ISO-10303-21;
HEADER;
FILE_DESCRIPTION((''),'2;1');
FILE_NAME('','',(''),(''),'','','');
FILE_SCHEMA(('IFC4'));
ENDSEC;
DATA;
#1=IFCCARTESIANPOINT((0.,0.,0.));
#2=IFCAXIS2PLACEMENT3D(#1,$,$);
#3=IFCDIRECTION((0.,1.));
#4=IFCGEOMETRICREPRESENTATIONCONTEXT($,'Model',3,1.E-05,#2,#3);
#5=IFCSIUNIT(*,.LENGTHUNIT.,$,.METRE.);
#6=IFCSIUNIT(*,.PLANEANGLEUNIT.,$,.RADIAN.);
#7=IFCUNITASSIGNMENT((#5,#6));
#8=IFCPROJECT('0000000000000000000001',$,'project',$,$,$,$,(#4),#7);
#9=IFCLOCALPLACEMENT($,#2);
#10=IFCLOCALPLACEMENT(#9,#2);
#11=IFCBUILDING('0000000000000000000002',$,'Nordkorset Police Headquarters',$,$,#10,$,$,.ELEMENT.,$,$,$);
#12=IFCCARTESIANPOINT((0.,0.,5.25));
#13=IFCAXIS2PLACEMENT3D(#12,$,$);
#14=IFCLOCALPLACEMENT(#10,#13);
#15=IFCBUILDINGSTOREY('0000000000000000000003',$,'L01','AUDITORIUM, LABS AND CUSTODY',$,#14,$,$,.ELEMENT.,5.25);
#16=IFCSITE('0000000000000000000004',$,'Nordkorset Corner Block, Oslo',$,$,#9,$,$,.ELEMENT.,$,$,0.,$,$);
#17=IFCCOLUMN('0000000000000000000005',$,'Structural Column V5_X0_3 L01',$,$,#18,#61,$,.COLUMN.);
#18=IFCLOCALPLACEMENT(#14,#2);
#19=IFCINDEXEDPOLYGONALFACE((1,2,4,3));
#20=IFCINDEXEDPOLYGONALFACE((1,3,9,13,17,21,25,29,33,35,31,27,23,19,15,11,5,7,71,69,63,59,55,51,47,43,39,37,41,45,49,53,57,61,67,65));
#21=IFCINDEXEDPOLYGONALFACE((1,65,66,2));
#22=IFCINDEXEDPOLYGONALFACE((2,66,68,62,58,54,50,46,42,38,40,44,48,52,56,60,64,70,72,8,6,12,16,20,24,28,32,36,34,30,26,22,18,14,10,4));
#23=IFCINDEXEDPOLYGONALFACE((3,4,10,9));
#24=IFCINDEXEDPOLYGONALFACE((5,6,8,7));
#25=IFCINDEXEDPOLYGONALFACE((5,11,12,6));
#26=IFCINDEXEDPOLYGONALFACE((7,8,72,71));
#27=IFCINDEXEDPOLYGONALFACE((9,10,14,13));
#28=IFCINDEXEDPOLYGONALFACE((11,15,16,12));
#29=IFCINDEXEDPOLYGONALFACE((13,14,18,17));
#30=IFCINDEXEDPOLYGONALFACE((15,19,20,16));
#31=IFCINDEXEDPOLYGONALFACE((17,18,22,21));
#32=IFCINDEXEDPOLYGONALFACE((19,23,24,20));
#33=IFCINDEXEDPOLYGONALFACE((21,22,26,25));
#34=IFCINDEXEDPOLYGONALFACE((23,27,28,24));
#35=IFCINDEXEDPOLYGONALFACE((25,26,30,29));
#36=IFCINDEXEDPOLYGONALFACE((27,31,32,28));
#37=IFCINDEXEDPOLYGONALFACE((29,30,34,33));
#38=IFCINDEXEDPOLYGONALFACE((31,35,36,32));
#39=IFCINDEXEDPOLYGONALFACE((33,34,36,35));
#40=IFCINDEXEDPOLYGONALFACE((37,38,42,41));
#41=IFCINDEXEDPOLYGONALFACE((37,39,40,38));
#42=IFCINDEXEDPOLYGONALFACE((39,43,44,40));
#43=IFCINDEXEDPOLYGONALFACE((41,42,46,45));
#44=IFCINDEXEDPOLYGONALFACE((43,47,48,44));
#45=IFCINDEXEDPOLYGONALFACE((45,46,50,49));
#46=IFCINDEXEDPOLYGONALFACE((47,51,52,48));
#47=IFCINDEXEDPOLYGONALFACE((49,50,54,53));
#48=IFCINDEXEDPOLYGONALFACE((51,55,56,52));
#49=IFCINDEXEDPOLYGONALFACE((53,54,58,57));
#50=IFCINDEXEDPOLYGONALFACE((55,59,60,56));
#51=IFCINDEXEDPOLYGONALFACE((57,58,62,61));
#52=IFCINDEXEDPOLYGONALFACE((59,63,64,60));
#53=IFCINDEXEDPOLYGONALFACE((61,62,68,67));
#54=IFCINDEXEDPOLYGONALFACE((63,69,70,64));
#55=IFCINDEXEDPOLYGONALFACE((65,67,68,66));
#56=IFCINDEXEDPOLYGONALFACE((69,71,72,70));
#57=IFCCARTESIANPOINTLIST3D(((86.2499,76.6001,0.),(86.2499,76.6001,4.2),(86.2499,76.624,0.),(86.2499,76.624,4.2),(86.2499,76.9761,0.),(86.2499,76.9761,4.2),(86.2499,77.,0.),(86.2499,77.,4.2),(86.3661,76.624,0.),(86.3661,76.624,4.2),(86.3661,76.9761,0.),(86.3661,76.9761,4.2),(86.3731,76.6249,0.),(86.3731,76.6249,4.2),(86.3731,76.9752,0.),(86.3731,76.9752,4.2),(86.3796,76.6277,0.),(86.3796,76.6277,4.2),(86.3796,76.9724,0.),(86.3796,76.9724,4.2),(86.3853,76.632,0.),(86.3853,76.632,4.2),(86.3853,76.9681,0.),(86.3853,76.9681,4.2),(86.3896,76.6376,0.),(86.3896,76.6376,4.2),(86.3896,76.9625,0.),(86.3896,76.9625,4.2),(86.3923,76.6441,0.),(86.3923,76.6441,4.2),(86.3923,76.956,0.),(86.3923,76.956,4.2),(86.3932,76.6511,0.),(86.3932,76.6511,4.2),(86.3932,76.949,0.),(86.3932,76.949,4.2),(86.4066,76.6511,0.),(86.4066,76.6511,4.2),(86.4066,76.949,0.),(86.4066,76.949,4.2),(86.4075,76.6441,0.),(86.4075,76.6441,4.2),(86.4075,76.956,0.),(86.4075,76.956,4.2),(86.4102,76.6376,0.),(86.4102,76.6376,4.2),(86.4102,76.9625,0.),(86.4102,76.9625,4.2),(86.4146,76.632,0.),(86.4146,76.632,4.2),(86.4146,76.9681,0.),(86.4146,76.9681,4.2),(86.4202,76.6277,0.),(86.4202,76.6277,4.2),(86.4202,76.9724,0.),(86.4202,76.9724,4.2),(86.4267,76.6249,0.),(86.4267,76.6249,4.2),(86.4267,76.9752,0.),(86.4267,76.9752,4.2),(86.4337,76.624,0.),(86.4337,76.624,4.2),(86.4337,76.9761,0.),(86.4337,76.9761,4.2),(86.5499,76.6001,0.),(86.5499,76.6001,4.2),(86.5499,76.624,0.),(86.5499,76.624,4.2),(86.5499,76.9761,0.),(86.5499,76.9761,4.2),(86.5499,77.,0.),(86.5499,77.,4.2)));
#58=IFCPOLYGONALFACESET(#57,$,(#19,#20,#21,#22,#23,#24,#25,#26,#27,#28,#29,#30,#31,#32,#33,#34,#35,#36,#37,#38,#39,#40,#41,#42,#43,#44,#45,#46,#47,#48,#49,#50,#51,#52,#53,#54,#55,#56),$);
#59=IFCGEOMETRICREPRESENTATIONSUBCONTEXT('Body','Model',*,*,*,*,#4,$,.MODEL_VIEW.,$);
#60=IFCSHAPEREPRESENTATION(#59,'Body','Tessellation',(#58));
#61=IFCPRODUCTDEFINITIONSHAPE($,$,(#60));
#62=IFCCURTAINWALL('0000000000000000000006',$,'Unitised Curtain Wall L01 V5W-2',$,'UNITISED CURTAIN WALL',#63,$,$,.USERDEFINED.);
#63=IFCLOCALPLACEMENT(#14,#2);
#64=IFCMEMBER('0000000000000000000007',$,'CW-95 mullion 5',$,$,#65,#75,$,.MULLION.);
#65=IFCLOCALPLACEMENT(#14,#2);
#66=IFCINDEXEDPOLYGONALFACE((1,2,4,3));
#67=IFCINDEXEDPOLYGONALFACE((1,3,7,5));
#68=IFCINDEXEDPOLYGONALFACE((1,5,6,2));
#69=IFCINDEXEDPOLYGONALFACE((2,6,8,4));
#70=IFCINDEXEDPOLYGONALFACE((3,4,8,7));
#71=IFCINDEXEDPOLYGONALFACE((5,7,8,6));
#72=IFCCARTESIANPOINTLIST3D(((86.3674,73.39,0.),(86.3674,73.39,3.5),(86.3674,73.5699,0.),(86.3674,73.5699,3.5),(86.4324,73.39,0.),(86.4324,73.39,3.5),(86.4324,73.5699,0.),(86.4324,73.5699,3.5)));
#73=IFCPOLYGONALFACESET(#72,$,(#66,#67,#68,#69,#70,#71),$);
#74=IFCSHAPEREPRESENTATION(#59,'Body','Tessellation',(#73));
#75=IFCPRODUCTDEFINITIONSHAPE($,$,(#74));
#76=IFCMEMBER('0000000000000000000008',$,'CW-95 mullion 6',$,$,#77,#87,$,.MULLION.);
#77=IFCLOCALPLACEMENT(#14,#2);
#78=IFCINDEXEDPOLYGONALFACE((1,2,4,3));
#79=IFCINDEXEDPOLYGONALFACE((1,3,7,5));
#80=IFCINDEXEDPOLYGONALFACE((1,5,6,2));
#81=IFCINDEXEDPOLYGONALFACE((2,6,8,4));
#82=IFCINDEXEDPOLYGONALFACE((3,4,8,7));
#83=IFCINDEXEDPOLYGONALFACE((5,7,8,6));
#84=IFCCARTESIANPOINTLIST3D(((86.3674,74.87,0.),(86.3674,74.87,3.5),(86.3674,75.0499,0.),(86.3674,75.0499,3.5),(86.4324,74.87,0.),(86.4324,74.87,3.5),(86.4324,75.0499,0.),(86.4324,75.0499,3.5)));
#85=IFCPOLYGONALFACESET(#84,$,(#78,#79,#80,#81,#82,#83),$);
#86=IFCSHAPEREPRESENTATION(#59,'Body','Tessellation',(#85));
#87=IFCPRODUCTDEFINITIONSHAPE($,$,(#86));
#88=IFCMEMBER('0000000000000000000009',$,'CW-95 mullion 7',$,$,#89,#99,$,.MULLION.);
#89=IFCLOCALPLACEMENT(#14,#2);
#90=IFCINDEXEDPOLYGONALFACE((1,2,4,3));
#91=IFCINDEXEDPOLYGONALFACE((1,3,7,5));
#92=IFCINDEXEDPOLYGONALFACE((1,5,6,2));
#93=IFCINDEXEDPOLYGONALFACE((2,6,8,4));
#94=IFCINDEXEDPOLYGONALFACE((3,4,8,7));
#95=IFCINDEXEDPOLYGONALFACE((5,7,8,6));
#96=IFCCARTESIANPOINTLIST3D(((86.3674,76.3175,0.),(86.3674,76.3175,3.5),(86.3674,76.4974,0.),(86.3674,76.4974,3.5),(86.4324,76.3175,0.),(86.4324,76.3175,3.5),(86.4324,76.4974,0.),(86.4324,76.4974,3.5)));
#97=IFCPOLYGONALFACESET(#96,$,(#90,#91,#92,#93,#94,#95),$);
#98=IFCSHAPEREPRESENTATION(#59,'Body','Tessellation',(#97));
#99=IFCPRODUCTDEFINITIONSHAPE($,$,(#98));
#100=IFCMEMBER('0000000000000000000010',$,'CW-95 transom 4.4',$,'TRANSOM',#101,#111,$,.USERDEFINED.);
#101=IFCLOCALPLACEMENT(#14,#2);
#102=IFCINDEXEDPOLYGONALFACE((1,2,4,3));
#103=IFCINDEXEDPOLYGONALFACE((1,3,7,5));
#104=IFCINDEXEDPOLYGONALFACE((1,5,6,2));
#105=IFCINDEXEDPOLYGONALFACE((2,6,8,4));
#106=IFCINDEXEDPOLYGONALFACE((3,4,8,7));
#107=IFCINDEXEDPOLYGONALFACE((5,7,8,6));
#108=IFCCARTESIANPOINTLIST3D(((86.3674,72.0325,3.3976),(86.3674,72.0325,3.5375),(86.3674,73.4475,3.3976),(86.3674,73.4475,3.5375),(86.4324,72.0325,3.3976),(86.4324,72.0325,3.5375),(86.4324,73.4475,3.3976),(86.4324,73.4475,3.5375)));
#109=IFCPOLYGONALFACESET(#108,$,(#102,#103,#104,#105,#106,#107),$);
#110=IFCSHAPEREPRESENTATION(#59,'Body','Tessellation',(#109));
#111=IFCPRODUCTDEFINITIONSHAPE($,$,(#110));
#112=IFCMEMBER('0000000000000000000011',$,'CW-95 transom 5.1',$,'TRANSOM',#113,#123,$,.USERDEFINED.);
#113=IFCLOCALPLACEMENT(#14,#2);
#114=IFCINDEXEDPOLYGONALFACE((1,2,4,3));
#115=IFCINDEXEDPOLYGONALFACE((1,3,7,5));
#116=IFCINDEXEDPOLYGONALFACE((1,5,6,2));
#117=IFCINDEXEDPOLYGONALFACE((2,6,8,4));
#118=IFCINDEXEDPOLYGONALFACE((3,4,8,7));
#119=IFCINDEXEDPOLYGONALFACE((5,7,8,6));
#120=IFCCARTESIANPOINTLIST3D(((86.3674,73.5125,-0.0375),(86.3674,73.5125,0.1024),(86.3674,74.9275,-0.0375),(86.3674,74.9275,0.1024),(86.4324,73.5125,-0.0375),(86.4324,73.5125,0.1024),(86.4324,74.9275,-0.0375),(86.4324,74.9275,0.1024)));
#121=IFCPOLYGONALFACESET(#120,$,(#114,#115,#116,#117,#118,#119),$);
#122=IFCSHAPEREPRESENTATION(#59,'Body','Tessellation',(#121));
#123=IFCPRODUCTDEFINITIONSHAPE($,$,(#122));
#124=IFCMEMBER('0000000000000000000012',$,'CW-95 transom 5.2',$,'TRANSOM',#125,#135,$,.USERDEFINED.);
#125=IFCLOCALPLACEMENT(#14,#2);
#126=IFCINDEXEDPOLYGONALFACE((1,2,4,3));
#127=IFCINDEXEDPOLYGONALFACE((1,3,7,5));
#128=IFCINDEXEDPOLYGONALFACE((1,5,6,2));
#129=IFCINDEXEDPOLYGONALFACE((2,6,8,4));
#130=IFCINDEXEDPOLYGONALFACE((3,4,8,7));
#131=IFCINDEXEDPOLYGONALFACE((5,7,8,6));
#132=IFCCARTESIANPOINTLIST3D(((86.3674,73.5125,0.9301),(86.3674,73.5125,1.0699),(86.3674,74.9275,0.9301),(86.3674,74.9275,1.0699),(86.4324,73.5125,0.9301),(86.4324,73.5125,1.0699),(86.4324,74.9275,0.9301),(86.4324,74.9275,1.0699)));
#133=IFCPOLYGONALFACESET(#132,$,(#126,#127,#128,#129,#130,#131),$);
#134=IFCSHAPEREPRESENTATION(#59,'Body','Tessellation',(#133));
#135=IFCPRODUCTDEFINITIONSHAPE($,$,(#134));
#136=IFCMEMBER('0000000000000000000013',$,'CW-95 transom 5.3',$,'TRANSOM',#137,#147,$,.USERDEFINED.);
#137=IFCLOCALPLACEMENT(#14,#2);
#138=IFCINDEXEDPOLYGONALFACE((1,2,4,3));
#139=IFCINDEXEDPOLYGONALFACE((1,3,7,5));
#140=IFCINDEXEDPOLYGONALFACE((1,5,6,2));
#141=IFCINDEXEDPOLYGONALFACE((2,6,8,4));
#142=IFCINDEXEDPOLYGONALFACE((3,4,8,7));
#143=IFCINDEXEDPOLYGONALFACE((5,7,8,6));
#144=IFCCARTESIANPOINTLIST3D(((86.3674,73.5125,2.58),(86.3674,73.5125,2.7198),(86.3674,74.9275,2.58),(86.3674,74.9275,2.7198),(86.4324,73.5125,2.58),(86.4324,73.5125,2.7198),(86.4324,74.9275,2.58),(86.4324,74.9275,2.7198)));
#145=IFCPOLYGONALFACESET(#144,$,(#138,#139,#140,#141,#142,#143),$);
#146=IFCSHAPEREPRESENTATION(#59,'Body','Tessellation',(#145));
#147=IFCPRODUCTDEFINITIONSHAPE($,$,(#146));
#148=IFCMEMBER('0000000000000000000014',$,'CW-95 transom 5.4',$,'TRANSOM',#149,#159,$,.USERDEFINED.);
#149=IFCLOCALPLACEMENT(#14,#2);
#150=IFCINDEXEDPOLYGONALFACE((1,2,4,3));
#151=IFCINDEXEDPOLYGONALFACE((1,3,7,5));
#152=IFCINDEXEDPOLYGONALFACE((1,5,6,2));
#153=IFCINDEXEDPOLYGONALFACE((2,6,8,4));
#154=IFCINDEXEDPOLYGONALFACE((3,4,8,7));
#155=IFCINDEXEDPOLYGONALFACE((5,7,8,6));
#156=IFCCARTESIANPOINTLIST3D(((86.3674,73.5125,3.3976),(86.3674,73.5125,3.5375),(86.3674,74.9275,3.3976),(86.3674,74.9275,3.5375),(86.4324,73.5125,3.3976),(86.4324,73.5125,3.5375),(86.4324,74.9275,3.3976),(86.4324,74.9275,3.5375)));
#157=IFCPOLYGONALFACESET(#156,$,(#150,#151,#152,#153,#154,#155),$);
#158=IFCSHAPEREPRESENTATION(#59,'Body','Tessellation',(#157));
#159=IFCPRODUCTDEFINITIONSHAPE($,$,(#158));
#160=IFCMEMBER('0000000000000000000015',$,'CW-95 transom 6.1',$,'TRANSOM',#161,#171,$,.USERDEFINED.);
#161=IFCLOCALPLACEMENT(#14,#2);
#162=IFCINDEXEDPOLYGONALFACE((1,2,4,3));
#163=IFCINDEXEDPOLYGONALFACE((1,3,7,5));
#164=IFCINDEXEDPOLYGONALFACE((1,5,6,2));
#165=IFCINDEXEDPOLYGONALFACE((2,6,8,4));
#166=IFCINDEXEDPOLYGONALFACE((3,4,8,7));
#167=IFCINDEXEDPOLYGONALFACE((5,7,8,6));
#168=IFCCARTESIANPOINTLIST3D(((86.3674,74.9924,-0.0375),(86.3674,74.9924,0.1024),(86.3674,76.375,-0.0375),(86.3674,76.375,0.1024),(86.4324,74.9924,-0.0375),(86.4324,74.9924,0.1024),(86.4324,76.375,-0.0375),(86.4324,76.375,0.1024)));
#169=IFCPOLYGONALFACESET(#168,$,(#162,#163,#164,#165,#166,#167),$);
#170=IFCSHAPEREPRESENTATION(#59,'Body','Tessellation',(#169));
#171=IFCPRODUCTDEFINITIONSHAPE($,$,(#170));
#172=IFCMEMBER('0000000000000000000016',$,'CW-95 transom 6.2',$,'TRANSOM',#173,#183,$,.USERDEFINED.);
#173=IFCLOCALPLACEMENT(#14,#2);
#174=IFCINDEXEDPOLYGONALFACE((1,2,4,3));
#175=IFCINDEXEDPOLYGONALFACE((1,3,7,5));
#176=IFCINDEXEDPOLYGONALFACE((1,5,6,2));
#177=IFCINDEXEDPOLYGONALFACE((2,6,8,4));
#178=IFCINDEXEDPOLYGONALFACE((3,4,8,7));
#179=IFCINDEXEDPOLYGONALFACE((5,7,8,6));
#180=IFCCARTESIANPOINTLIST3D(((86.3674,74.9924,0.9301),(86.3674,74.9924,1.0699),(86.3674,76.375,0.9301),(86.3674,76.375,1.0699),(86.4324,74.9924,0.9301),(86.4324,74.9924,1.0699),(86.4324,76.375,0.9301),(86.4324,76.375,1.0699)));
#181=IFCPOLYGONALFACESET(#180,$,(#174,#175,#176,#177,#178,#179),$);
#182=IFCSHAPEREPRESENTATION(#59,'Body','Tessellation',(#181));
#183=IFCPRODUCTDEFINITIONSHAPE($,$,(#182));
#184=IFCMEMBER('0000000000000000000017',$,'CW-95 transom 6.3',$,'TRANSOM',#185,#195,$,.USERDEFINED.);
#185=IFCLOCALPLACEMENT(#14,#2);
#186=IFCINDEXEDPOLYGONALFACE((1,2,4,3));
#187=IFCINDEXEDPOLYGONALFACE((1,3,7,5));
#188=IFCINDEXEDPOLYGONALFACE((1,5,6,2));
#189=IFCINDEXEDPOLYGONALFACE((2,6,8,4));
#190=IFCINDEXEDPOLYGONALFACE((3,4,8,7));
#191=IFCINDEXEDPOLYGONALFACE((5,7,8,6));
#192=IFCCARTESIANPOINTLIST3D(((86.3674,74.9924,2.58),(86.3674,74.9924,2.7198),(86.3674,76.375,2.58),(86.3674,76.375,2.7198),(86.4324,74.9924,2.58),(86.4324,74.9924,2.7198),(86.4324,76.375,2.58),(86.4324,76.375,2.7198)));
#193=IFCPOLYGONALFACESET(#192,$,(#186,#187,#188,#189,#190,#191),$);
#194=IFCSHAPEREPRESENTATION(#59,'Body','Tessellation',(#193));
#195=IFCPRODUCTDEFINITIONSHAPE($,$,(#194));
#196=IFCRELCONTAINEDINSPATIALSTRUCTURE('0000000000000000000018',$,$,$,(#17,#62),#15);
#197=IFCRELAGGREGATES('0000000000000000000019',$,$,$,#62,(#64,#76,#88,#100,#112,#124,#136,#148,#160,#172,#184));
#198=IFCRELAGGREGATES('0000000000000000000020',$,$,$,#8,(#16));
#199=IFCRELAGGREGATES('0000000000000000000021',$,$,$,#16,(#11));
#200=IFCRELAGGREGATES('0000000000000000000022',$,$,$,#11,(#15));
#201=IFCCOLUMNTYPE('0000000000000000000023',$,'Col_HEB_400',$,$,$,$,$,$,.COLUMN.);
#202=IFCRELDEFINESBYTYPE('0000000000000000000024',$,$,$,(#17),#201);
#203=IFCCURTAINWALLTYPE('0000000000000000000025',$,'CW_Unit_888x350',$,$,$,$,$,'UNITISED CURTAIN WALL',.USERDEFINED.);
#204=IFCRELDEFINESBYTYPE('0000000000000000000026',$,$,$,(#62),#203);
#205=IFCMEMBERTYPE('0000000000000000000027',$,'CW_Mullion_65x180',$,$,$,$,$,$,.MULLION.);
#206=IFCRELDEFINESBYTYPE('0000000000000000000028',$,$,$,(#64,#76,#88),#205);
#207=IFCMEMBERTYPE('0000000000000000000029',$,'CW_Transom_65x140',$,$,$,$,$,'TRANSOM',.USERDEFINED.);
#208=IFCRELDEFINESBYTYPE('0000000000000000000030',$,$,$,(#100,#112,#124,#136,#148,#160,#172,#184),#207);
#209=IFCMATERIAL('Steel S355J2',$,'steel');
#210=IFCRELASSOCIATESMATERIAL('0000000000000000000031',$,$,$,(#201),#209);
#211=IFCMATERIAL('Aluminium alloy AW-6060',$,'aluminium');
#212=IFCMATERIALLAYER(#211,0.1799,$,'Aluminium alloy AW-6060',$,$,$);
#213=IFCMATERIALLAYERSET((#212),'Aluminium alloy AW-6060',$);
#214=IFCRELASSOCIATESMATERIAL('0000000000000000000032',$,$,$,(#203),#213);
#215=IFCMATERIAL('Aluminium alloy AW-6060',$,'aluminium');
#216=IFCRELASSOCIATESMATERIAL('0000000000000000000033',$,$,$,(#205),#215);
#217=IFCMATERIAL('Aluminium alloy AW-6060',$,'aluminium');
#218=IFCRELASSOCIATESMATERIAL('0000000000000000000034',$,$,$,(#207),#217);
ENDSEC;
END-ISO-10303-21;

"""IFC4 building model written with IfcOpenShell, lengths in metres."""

from ifc_helpers import new_model, si_unit, direction, frame, origin, origin_2d, place, context, subcontext, project, spatial, rectangle, i_section, extrude, material, layer, layer_set, material_profile, profile_set, type_object, element, aggregate, save


model = new_model("IFC4")

# Units and contexts
model_context = context("Model", 3, precision=1e-05, world=origin(), true_north=direction((0.0, 1.0)))
body_context = subcontext(model_context, "Body", "Model", "MODEL_VIEW")
ifc_project = project(units=[si_unit("LENGTHUNIT", "METRE"), si_unit("PLANEANGLEUNIT", "RADIAN")], contexts=[model_context])

# Site, building, storey
site_placement = place(None, origin())
site = spatial("IfcSite", under=ifc_project, at=site_placement, Name="Nordkorset Corner Block, Oslo", CompositionType="ELEMENT", RefElevation=0.0)
building_placement = place(site_placement, origin())
building = spatial("IfcBuilding", under=site, at=building_placement, Name="Nordkorset Police Headquarters", CompositionType="ELEMENT")
storey_placement = place(building_placement, frame((0.0, 0.0, 5.25)))
storey = spatial("IfcBuildingStorey", under=building, at=storey_placement, Name="L01", Description="AUDITORIUM, LABS AND CUSTODY", CompositionType="ELEMENT", Elevation=5.25)

# Column
ifc_material_1 = material(Name="Steel S355J2", Category="steel")
ifc_material_profile_1 = material_profile(ifc_material_1, i_section(OverallWidth=0.3, OverallDepth=0.3999, WebThickness=0.0134, FlangeThickness=0.0239, FilletRadius=0.0271, at=origin_2d()), Name="HEB 400")
ifc_profile_set_1 = profile_set([ifc_material_profile_1], Name="Steel S355J2")
column_type = type_object("IfcColumnType", Name="Col_HEB_400", PredefinedType="COLUMN", material=ifc_profile_set_1)
column_placement = place(storey_placement, frame((86.3999, 76.8, 0.0), z_axis=(0.0, 0.0, 1.0), x_axis=(1.0, 0.0, 0.0)))
element("IfcColumn", 1, at=column_placement, inside=storey, type_object=column_type, Name="Structural Column V5_X0_3 L01", PredefinedType="COLUMN", context=body_context, shape_type="SweptSolid", body=[
    extrude(i_section(OverallWidth=0.3, OverallDepth=0.3999, WebThickness=0.0134, FlangeThickness=0.0239, FilletRadius=0.0271, at=origin_2d()), origin(), (0.0, 0.0, 1.0), 4.2),
])

# Curtain wall, members
ifc_material_2 = material(Name="Aluminium alloy AW-6060", Category="aluminium")
ifc_layer_1 = layer(ifc_material_2, 0.1799, Name="Aluminium alloy AW-6060")
ifc_layer_set_1 = layer_set([ifc_layer_1], Name="Aluminium alloy AW-6060")
curtain_wall_type = type_object("IfcCurtainWallType", Name="CW_Unit_888x350", ElementType="UNITISED CURTAIN WALL", PredefinedType="USERDEFINED", material=ifc_layer_set_1)
curtain_wall_placement = place(storey_placement, origin())
curtain_wall = element("IfcCurtainWall", 2, at=curtain_wall_placement, inside=storey, type_object=curtain_wall_type, Name="Unitised Curtain Wall L01 V5W-2", ObjectType="UNITISED CURTAIN WALL", PredefinedType="USERDEFINED")
ifc_material_3 = material(Name="Aluminium alloy AW-6060", Category="aluminium")
ifc_material_profile_2 = material_profile(ifc_material_3, rectangle(XDim=0.0649, YDim=0.1799, at=origin_2d()), Name="ALU MULL 65x180")
ifc_profile_set_2 = profile_set([ifc_material_profile_2], Name="Aluminium alloy AW-6060")
member_type_1 = type_object("IfcMemberType", Name="CW_Mullion_65x180", PredefinedType="MULLION", material=ifc_profile_set_2)
member_1_placement = place(storey_placement, frame((86.3999, 73.48, 0.0), z_axis=(0.0, 0.0, 1.0), x_axis=(-1.0, 0.0, 0.0)))
member_1 = element("IfcMember", 3, at=member_1_placement, type_object=member_type_1, Name="CW-95 mullion 5", PredefinedType="MULLION", context=body_context, shape_type="SweptSolid", body=[
    extrude(rectangle(XDim=0.0649, YDim=0.1799, at=origin_2d()), origin(), (0.0, 0.0, 1.0), 3.5),
])
member_2_placement = place(storey_placement, frame((86.3999, 74.96, 0.0), z_axis=(0.0, 0.0, 1.0), x_axis=(-1.0, 0.0, 0.0)))
member_2 = element("IfcMember", 4, at=member_2_placement, type_object=member_type_1, Name="CW-95 mullion 6", PredefinedType="MULLION", context=body_context, shape_type="SweptSolid", body=[
    extrude(rectangle(XDim=0.0649, YDim=0.1799, at=origin_2d()), origin(), (0.0, 0.0, 1.0), 3.5),
])
member_3_placement = place(storey_placement, frame((86.3999, 76.4075, 0.0), z_axis=(0.0, 0.0, 1.0), x_axis=(-1.0, 0.0, 0.0)))
member_3 = element("IfcMember", 5, at=member_3_placement, type_object=member_type_1, Name="CW-95 mullion 7", PredefinedType="MULLION", context=body_context, shape_type="SweptSolid", body=[
    extrude(rectangle(XDim=0.0649, YDim=0.1799, at=origin_2d()), origin(), (0.0, 0.0, 1.0), 3.5),
])
ifc_material_4 = material(Name="Aluminium alloy AW-6060", Category="aluminium")
ifc_material_profile_3 = material_profile(ifc_material_4, rectangle(XDim=0.0649, YDim=0.1399, at=origin_2d()), Name="ALU TRAN 65x140")
ifc_profile_set_3 = profile_set([ifc_material_profile_3], Name="Aluminium alloy AW-6060")
member_type_2 = type_object("IfcMemberType", Name="CW_Transom_65x140", ElementType="TRANSOM", PredefinedType="USERDEFINED", material=ifc_profile_set_3)
member_4_placement = place(storey_placement, frame((86.3999, 72.0325, 3.4675), z_axis=(0.0, 1.0, 0.0), x_axis=(-1.0, 0.0, 0.0)))
member_4 = element("IfcMember", 6, at=member_4_placement, type_object=member_type_2, Name="CW-95 transom 4.4", ObjectType="TRANSOM", PredefinedType="USERDEFINED", context=body_context, shape_type="SweptSolid", body=[
    extrude(rectangle(XDim=0.0649, YDim=0.1399, at=origin_2d()), origin(), (0.0, 0.0, 1.0), 1.415),
])
member_5_placement = place(storey_placement, frame((86.3999, 73.5125, 0.0325), z_axis=(0.0, 1.0, 0.0), x_axis=(-1.0, 0.0, 0.0)))
member_5 = element("IfcMember", 7, at=member_5_placement, type_object=member_type_2, Name="CW-95 transom 5.1", ObjectType="TRANSOM", PredefinedType="USERDEFINED", context=body_context, shape_type="SweptSolid", body=[
    extrude(rectangle(XDim=0.0649, YDim=0.1399, at=origin_2d()), origin(), (0.0, 0.0, 1.0), 1.415),
])
member_6_placement = place(storey_placement, frame((86.3999, 73.5125, 1.0), z_axis=(0.0, 1.0, 0.0), x_axis=(-1.0, 0.0, 0.0)))
member_6 = element("IfcMember", 8, at=member_6_placement, type_object=member_type_2, Name="CW-95 transom 5.2", ObjectType="TRANSOM", PredefinedType="USERDEFINED", context=body_context, shape_type="SweptSolid", body=[
    extrude(rectangle(XDim=0.0649, YDim=0.1399, at=origin_2d()), origin(), (0.0, 0.0, 1.0), 1.415),
])
member_7_placement = place(storey_placement, frame((86.3999, 73.5125, 2.6499), z_axis=(0.0, 1.0, 0.0), x_axis=(-1.0, 0.0, 0.0)))
member_7 = element("IfcMember", 9, at=member_7_placement, type_object=member_type_2, Name="CW-95 transom 5.3", ObjectType="TRANSOM", PredefinedType="USERDEFINED", context=body_context, shape_type="SweptSolid", body=[
    extrude(rectangle(XDim=0.0649, YDim=0.1399, at=origin_2d()), origin(), (0.0, 0.0, 1.0), 1.415),
])
member_8_placement = place(storey_placement, frame((86.3999, 73.5125, 3.4675), z_axis=(0.0, 1.0, 0.0), x_axis=(-1.0, 0.0, 0.0)))
member_8 = element("IfcMember", 10, at=member_8_placement, type_object=member_type_2, Name="CW-95 transom 5.4", ObjectType="TRANSOM", PredefinedType="USERDEFINED", context=body_context, shape_type="SweptSolid", body=[
    extrude(rectangle(XDim=0.0649, YDim=0.1399, at=origin_2d()), origin(), (0.0, 0.0, 1.0), 1.415),
])
member_9_placement = place(storey_placement, frame((86.3999, 74.9924, 0.0325), z_axis=(0.0, 1.0, 0.0), x_axis=(-1.0, 0.0, 0.0)))
member_9 = element("IfcMember", 11, at=member_9_placement, type_object=member_type_2, Name="CW-95 transom 6.1", ObjectType="TRANSOM", PredefinedType="USERDEFINED", context=body_context, shape_type="SweptSolid", body=[
    extrude(rectangle(XDim=0.0649, YDim=0.1399, at=origin_2d()), origin(), (0.0, 0.0, 1.0), 1.3826),
])
member_10_placement = place(storey_placement, frame((86.3999, 74.9924, 1.0), z_axis=(0.0, 1.0, 0.0), x_axis=(-1.0, 0.0, 0.0)))
member_10 = element("IfcMember", 12, at=member_10_placement, type_object=member_type_2, Name="CW-95 transom 6.2", ObjectType="TRANSOM", PredefinedType="USERDEFINED", context=body_context, shape_type="SweptSolid", body=[
    extrude(rectangle(XDim=0.0649, YDim=0.1399, at=origin_2d()), origin(), (0.0, 0.0, 1.0), 1.3826),
])
member_11_placement = place(storey_placement, frame((86.3999, 74.9924, 2.6499), z_axis=(0.0, 1.0, 0.0), x_axis=(-1.0, 0.0, 0.0)))
member_11 = element("IfcMember", 13, at=member_11_placement, type_object=member_type_2, Name="CW-95 transom 6.3", ObjectType="TRANSOM", PredefinedType="USERDEFINED", context=body_context, shape_type="SweptSolid", body=[
    extrude(rectangle(XDim=0.0649, YDim=0.1399, at=origin_2d()), origin(), (0.0, 0.0, 1.0), 1.3826),
])

aggregate(curtain_wall, [member_1, member_2, member_3, member_4, member_5, member_6, member_7, member_8, member_9, member_10, member_11])

save(model, "model.ifc")
